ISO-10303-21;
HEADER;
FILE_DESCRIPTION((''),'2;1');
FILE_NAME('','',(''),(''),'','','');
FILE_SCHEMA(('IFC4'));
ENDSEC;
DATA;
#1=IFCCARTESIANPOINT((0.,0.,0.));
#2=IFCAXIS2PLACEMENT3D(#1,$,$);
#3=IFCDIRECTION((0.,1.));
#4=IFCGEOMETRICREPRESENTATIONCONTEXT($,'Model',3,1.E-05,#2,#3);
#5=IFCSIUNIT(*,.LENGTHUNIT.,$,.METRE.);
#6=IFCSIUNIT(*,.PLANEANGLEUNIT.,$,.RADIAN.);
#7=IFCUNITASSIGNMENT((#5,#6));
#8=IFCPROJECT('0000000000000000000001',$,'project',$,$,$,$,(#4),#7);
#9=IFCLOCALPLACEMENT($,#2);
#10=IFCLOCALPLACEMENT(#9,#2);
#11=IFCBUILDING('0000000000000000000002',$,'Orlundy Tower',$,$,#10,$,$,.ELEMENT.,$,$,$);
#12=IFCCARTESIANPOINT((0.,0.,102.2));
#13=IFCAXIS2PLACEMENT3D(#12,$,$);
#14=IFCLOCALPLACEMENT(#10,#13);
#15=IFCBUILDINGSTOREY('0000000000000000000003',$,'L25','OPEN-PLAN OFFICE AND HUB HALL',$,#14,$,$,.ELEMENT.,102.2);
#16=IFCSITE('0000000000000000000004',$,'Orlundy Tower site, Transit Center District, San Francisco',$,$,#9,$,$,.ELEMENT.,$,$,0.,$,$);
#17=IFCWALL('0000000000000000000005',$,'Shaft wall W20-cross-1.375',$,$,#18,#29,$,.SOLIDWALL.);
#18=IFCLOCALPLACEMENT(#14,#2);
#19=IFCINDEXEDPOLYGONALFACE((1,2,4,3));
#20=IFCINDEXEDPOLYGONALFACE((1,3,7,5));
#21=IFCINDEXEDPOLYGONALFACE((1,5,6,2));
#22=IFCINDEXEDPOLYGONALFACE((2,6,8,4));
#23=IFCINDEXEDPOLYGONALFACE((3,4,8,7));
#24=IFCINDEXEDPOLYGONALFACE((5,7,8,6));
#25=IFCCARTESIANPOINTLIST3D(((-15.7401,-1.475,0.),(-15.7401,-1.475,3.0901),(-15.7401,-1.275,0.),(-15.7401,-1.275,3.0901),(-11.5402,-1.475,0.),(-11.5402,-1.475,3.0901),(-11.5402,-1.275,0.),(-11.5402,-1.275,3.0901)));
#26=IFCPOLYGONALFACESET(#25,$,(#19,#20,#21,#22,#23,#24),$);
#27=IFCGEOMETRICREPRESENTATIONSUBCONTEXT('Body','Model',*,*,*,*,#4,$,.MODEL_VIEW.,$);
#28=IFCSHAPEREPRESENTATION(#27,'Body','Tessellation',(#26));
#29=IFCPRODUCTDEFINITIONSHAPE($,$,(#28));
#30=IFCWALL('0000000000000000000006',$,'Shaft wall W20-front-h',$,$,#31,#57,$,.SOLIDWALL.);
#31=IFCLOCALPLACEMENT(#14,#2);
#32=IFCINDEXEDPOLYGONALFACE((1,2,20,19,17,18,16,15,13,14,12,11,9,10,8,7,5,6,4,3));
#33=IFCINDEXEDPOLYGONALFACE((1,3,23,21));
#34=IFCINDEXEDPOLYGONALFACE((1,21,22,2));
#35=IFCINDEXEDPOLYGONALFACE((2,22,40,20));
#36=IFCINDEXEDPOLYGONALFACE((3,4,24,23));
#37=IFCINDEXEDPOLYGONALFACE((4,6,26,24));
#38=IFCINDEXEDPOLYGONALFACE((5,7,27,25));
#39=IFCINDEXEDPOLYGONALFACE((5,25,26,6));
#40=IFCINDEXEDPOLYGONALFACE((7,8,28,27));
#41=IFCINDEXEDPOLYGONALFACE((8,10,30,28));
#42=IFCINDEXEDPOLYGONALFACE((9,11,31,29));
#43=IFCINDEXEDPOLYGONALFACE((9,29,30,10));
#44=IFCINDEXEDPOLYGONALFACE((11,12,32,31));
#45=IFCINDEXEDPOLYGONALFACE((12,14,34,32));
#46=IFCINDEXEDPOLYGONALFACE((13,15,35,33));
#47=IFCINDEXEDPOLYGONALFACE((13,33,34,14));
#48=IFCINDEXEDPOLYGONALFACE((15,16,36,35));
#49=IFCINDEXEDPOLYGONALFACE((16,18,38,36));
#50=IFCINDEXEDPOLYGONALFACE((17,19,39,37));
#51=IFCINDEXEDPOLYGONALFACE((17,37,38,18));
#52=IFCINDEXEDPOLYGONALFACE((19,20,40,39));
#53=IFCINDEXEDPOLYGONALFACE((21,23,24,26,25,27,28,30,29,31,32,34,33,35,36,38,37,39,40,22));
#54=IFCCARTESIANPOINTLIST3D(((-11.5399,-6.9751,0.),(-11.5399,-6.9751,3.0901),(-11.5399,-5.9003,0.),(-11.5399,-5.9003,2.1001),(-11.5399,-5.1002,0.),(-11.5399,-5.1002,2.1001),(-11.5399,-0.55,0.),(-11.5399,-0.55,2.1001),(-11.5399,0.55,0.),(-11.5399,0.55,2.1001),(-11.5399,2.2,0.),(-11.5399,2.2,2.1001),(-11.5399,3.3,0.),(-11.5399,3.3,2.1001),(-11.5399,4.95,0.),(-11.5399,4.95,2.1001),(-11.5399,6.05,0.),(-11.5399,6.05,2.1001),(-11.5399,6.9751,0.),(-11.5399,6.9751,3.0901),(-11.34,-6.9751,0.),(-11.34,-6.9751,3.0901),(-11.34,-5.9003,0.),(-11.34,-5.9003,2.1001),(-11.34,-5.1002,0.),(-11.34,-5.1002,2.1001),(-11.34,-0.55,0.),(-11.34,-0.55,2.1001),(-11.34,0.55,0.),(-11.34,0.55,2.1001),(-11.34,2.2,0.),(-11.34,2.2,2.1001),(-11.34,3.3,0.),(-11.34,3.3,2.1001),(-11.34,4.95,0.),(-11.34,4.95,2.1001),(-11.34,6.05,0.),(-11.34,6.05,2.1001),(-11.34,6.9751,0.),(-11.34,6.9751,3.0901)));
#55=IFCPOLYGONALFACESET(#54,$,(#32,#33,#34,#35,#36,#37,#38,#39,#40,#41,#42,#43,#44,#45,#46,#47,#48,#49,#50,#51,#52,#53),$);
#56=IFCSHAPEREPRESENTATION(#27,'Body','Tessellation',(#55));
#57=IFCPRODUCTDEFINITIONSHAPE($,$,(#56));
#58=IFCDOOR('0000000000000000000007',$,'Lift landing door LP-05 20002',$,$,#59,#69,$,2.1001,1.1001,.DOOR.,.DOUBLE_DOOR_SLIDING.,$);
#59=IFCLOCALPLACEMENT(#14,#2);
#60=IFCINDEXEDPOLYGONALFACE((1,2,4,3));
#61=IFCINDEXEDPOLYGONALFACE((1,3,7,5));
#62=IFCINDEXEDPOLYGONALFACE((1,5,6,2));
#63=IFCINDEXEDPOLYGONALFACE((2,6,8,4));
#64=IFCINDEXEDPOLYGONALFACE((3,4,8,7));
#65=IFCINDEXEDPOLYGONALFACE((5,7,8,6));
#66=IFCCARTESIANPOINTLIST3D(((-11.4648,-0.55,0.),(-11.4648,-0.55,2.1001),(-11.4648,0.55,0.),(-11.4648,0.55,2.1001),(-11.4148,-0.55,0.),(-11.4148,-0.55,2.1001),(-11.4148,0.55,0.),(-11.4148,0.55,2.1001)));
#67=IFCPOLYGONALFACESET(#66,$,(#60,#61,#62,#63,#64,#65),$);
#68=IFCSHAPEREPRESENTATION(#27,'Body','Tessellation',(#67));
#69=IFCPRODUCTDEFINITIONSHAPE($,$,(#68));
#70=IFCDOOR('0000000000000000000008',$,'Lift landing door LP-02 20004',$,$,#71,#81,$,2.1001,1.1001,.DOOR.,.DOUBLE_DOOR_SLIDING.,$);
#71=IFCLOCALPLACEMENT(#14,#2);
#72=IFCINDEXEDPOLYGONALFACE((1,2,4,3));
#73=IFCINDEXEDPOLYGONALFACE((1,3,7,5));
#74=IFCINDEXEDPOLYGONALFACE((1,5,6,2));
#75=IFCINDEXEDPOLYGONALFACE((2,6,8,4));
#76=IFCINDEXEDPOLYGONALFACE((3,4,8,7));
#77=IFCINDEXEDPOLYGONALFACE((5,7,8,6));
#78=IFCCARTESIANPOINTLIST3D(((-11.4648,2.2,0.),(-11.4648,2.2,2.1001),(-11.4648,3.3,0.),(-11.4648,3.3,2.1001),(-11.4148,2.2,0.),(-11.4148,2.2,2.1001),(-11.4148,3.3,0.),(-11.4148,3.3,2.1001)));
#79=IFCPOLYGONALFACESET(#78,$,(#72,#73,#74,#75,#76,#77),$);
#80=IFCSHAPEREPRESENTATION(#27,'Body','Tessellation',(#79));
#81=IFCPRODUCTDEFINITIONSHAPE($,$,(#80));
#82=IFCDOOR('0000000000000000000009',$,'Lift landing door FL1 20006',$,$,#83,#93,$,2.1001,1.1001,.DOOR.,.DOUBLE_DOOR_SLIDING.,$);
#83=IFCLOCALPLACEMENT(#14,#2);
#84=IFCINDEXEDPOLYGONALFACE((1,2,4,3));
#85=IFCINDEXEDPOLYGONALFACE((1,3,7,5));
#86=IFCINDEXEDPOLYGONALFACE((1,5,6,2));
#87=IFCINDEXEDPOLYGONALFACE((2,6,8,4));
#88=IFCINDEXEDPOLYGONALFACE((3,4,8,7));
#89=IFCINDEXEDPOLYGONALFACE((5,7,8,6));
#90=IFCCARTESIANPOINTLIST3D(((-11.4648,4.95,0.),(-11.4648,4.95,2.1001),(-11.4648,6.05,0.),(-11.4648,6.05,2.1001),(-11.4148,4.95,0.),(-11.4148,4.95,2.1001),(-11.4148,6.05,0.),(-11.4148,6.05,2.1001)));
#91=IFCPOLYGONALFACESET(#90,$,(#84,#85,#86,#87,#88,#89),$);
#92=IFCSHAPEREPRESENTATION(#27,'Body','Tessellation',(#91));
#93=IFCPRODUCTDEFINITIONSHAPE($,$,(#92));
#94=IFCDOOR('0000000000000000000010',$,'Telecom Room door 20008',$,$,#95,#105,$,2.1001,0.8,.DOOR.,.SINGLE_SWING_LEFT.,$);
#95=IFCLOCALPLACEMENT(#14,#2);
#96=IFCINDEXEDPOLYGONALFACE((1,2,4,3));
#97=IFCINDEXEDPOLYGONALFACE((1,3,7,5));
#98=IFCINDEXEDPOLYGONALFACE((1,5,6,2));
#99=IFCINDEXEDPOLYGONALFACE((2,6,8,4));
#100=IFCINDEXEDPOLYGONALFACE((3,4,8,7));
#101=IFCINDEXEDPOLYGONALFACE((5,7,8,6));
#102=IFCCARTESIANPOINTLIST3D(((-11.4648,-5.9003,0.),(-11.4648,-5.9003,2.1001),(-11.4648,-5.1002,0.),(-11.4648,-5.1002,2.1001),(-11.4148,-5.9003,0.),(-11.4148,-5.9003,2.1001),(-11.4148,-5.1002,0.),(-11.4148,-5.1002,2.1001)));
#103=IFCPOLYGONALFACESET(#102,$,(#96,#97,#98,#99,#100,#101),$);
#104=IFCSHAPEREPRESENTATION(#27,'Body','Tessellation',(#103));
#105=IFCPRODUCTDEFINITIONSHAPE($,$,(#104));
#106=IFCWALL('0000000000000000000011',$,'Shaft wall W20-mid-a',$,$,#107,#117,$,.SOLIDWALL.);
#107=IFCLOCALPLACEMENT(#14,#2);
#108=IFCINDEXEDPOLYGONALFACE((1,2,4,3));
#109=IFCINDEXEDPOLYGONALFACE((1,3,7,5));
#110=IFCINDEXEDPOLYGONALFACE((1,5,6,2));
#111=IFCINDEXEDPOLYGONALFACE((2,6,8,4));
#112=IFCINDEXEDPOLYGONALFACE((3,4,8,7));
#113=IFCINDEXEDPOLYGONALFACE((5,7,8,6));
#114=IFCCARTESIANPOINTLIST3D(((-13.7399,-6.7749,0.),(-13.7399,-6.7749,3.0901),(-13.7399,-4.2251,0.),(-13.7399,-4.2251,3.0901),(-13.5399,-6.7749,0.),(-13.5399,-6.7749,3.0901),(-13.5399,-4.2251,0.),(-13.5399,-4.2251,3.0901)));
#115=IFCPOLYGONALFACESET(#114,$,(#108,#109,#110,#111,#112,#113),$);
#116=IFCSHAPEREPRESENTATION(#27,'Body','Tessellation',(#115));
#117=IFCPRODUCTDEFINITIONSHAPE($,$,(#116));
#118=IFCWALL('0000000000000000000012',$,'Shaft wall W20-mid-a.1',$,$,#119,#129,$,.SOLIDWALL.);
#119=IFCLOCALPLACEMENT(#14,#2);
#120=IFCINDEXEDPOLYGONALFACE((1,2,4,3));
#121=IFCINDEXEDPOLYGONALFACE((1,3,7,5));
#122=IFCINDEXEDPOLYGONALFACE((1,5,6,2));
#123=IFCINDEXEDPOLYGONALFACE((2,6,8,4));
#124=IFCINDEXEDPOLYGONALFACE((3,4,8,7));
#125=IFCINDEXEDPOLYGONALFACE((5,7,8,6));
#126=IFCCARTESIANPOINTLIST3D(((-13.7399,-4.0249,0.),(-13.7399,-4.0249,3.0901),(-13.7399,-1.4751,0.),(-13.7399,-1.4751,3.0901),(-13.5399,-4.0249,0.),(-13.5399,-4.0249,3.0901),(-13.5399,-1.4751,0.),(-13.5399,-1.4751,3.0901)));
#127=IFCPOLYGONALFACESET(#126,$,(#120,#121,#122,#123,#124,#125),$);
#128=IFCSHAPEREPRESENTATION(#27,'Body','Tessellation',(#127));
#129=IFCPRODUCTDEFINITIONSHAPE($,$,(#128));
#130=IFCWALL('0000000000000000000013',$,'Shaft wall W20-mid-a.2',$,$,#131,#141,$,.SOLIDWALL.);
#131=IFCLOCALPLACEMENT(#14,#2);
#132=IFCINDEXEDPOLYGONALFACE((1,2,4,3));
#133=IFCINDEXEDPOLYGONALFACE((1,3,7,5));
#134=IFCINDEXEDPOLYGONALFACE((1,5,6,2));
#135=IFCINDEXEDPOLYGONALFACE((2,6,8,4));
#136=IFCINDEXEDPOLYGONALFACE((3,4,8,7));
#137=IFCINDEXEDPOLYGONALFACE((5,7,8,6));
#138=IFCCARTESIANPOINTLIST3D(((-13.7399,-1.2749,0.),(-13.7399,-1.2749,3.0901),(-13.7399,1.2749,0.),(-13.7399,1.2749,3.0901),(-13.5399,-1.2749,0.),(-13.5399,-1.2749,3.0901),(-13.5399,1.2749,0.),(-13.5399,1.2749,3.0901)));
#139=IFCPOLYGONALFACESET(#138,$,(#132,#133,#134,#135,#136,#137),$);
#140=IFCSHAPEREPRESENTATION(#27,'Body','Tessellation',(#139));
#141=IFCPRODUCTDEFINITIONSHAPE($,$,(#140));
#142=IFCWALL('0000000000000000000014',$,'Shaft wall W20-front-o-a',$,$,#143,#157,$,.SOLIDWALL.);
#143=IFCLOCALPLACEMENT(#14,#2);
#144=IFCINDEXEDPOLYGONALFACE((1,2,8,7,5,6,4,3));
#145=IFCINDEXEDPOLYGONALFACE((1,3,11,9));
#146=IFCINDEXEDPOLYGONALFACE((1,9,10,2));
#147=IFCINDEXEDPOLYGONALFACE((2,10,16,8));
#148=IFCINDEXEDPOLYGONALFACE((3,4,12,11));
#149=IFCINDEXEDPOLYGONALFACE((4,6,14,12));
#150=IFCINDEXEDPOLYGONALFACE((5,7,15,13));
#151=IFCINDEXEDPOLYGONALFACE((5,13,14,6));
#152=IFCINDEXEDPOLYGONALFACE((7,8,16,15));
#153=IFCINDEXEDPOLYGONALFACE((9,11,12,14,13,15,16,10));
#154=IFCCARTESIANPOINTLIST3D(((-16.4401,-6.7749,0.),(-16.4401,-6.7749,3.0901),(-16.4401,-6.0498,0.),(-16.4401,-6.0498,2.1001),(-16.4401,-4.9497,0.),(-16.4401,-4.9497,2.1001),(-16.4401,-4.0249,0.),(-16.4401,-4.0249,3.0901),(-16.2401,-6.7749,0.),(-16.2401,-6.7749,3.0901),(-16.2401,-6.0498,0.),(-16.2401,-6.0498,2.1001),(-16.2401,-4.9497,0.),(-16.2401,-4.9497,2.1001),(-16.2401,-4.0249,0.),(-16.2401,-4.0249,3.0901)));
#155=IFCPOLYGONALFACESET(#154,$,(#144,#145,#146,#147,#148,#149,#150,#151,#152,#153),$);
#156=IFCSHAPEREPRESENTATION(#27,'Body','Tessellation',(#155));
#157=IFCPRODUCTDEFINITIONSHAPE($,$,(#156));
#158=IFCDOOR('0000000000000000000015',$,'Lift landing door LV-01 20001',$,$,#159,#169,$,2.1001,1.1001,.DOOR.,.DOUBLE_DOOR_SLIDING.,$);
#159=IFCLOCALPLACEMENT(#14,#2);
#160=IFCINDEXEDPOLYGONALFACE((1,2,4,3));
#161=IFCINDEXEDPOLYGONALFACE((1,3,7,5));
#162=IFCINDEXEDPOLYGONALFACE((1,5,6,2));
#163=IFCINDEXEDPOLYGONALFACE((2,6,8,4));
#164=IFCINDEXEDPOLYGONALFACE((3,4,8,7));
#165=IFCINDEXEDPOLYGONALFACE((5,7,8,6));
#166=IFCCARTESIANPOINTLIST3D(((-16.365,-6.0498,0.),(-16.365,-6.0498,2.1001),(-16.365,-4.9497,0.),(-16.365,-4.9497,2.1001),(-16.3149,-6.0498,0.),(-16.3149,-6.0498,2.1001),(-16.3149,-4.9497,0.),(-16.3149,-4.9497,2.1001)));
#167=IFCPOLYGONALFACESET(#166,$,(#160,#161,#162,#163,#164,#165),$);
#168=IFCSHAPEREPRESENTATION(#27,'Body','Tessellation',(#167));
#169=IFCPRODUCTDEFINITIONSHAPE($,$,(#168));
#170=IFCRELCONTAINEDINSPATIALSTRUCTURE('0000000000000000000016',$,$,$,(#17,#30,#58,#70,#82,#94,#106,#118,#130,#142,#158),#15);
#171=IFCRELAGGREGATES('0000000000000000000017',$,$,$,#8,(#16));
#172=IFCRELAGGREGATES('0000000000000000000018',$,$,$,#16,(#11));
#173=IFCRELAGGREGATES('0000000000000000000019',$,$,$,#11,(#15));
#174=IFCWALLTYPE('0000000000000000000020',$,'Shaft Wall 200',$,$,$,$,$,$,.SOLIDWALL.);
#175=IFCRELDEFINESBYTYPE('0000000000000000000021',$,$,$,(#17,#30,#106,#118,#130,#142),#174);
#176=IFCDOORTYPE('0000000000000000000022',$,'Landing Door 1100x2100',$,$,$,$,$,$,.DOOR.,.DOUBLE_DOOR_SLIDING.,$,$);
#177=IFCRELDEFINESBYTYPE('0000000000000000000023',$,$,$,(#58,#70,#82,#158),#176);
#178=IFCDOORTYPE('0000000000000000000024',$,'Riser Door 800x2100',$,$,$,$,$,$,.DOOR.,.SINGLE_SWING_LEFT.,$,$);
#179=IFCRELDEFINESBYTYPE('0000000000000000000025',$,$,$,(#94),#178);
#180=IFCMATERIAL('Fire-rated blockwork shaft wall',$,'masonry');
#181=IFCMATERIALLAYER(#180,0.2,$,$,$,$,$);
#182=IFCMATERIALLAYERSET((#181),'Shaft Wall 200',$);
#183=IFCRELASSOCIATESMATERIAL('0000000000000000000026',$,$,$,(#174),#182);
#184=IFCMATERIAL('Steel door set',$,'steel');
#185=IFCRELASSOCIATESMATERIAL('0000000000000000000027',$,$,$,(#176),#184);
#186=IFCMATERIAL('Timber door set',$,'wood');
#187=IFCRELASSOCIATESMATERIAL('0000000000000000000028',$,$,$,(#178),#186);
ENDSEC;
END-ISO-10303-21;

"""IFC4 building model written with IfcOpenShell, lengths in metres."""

from ifc_helpers import new_model, si_unit, direction, frame, frame_2d, origin, place, context, subcontext, project, spatial, rectangle, extrude, material, layer, layer_set, type_object, element, fill, save


model = new_model("IFC4")

# Units and contexts
model_context = context("Model", 3, precision=1e-05, world=origin(), true_north=direction((0.0, 1.0)))
body_context = subcontext(model_context, "Body", "Model", "MODEL_VIEW")
ifc_project = project(units=[si_unit("LENGTHUNIT", "METRE"), si_unit("PLANEANGLEUNIT", "RADIAN")], contexts=[model_context])

# Site, building, storey
site_placement = place(None, origin())
site = spatial("IfcSite", under=ifc_project, at=site_placement, Name="Orlundy Tower site, Transit Center District, San Francisco", CompositionType="ELEMENT", RefElevation=0.0)
building_placement = place(site_placement, origin())
building = spatial("IfcBuilding", under=site, at=building_placement, Name="Orlundy Tower", CompositionType="ELEMENT")
storey_placement = place(building_placement, frame((0.0, 0.0, 102.2)))
storey = spatial("IfcBuildingStorey", under=building, at=storey_placement, Name="L25", Description="OPEN-PLAN OFFICE AND HUB HALL", CompositionType="ELEMENT", Elevation=102.2)

# Wall
ifc_material_1 = material(Name="Fire-rated blockwork shaft wall", Category="masonry")
ifc_layer_1 = layer(ifc_material_1, 0.2)
ifc_layer_set_1 = layer_set([ifc_layer_1], Name="Shaft Wall 200")
wall_type_1 = type_object("IfcWallType", Name="Shaft Wall 200", PredefinedType="SOLIDWALL", material=ifc_layer_set_1)
wall_1_placement = place(storey_placement, frame((-11.54, -1.375, 0.0), z_axis=(0.0, 0.0, 1.0), x_axis=(-1.0, 0.0, 0.0)))
element("IfcWall", 1, at=wall_1_placement, inside=storey, type_object=wall_type_1, Name="Shaft wall W20-cross-1.375", PredefinedType="SOLIDWALL", context=body_context, shape_type="SweptSolid", body=[
    extrude(rectangle(XDim=4.2, YDim=0.2, at=frame_2d((2.1001, 0.0))), origin(), (0.0, 0.0, 1.0), 3.0901),
])

# Wall, openings, doors
wall_2_placement = place(storey_placement, frame((-11.4399, -6.9751, 0.0), z_axis=(0.0, 0.0, 1.0), x_axis=(0.0, 1.0, 0.0)))
wall_2 = element("IfcWall", 2, at=wall_2_placement, inside=storey, type_object=wall_type_1, Name="Shaft wall W20-front-h", PredefinedType="SOLIDWALL", context=body_context, shape_type="SweptSolid", body=[
    extrude(rectangle(XDim=13.9502, YDim=0.2, at=frame_2d((6.9751, 0.0))), origin(), (0.0, 0.0, 1.0), 3.0901),
])
opening_1_placement = place(wall_2_placement, frame((6.425, 0.0, 0.0)))
opening_1 = element("IfcOpeningElement", 3, at=opening_1_placement, cuts=wall_2, PredefinedType="OPENING", context=body_context, shape_type="SweptSolid", body=[
    extrude(rectangle(XDim=1.1001, YDim=2.1001, at=frame_2d((0.55, 1.05))), frame((0.0, 0.1101, 0.0), z_axis=(0.0, -1.0, 0.0), x_axis=(1.0, 0.0, 0.0)), (0.0, 0.0, 1.0), 0.2202),
])
opening_2_placement = place(wall_2_placement, frame((9.175, 0.0, 0.0)))
opening_2 = element("IfcOpeningElement", 4, at=opening_2_placement, cuts=wall_2, PredefinedType="OPENING", context=body_context, shape_type="SweptSolid", body=[
    extrude(rectangle(XDim=1.1001, YDim=2.1001, at=frame_2d((0.55, 1.05))), frame((0.0, 0.1101, 0.0), z_axis=(0.0, -1.0, 0.0), x_axis=(1.0, 0.0, 0.0)), (0.0, 0.0, 1.0), 0.2202),
])
opening_3_placement = place(wall_2_placement, frame((11.925, 0.0, 0.0)))
opening_3 = element("IfcOpeningElement", 5, at=opening_3_placement, cuts=wall_2, PredefinedType="OPENING", context=body_context, shape_type="SweptSolid", body=[
    extrude(rectangle(XDim=1.1001, YDim=2.1001, at=frame_2d((0.55, 1.05))), frame((0.0, 0.1101, 0.0), z_axis=(0.0, -1.0, 0.0), x_axis=(1.0, 0.0, 0.0)), (0.0, 0.0, 1.0), 0.2202),
])
opening_4_placement = place(wall_2_placement, frame((1.075, 0.0, 0.0)))
opening_4 = element("IfcOpeningElement", 6, at=opening_4_placement, cuts=wall_2, PredefinedType="OPENING", context=body_context, shape_type="SweptSolid", body=[
    extrude(rectangle(XDim=0.8, YDim=2.1001, at=frame_2d((0.3999, 1.05))), frame((0.0, 0.1101, 0.0), z_axis=(0.0, -1.0, 0.0), x_axis=(1.0, 0.0, 0.0)), (0.0, 0.0, 1.0), 0.2202),
])
ifc_material_2 = material(Name="Steel door set", Category="steel")
door_type_1 = type_object("IfcDoorType", Name="Landing Door 1100x2100", OperationType="DOUBLE_DOOR_SLIDING", PredefinedType="DOOR", material=ifc_material_2)
door_1_placement = place(opening_1_placement, origin())
door_1 = element("IfcDoor", 7, at=door_1_placement, inside=storey, type_object=door_type_1, Name="Lift landing door LP-05 20002", OperationType="DOUBLE_DOOR_SLIDING", OverallHeight=2.1001, OverallWidth=1.1001, PredefinedType="DOOR", context=body_context, shape_type="SweptSolid", body=[
    extrude(rectangle(XDim=1.1001, YDim=2.1001, at=frame_2d((0.55, 1.05))), frame((0.0, 0.0249, 0.0), z_axis=(0.0, -1.0, 0.0), x_axis=(1.0, 0.0, 0.0)), (0.0, 0.0, 1.0), 0.05),
])
fill(opening_1, door_1)
door_2_placement = place(opening_2_placement, origin())
door_2 = element("IfcDoor", 8, at=door_2_placement, inside=storey, type_object=door_type_1, Name="Lift landing door LP-02 20004", OperationType="DOUBLE_DOOR_SLIDING", OverallHeight=2.1001, OverallWidth=1.1001, PredefinedType="DOOR", context=body_context, shape_type="SweptSolid", body=[
    extrude(rectangle(XDim=1.1001, YDim=2.1001, at=frame_2d((0.55, 1.05))), frame((0.0, 0.0249, 0.0), z_axis=(0.0, -1.0, 0.0), x_axis=(1.0, 0.0, 0.0)), (0.0, 0.0, 1.0), 0.05),
])
fill(opening_2, door_2)
door_3_placement = place(opening_3_placement, origin())
door_3 = element("IfcDoor", 9, at=door_3_placement, inside=storey, type_object=door_type_1, Name="Lift landing door FL1 20006", OperationType="DOUBLE_DOOR_SLIDING", OverallHeight=2.1001, OverallWidth=1.1001, PredefinedType="DOOR", context=body_context, shape_type="SweptSolid", body=[
    extrude(rectangle(XDim=1.1001, YDim=2.1001, at=frame_2d((0.55, 1.05))), frame((0.0, 0.0249, 0.0), z_axis=(0.0, -1.0, 0.0), x_axis=(1.0, 0.0, 0.0)), (0.0, 0.0, 1.0), 0.05),
])
fill(opening_3, door_3)
ifc_material_3 = material(Name="Timber door set", Category="wood")
door_type_2 = type_object("IfcDoorType", Name="Riser Door 800x2100", OperationType="SINGLE_SWING_LEFT", PredefinedType="DOOR", material=ifc_material_3)
door_4_placement = place(opening_4_placement, origin())
door_4 = element("IfcDoor", 10, at=door_4_placement, inside=storey, type_object=door_type_2, Name="Telecom Room door 20008", OperationType="SINGLE_SWING_LEFT", OverallHeight=2.1001, OverallWidth=0.8, PredefinedType="DOOR", context=body_context, shape_type="SweptSolid", body=[
    extrude(rectangle(XDim=0.8, YDim=2.1001, at=frame_2d((0.3999, 1.05))), frame((0.0, 0.0249, 0.0), z_axis=(0.0, -1.0, 0.0), x_axis=(1.0, 0.0, 0.0)), (0.0, 0.0, 1.0), 0.05),
])
fill(opening_4, door_4)

# Walls
for number, where, z_axis, x_axis, name in (
    (11, (-13.6399, -6.7749, 0.0), (0.0, 0.0, 1.0), (0.0, 1.0, 0.0), "Shaft wall W20-mid-a"),
    (12, (-13.6399, -4.0249, 0.0), (0.0, 0.0, 1.0), (0.0, 1.0, 0.0), "Shaft wall W20-mid-a.1"),
    (13, (-13.6399, -1.2749, 0.0), (0.0, 0.0, 1.0), (0.0, 1.0, 0.0), "Shaft wall W20-mid-a.2"),
):
    element("IfcWall", number, at=place(storey_placement, frame(where, z_axis=z_axis, x_axis=x_axis)), inside=storey, type_object=wall_type_1, Name=name, PredefinedType="SOLIDWALL", context=body_context, shape_type="SweptSolid", body=[
        extrude(rectangle(XDim=2.5498, YDim=0.2, at=frame_2d((1.2749, 0.0))), origin(), (0.0, 0.0, 1.0), 3.0901),
    ])

# Wall, opening, door
wall_3_placement = place(storey_placement, frame((-16.3401, -6.7749, 0.0), z_axis=(0.0, 0.0, 1.0), x_axis=(0.0, 1.0, 0.0)))
wall_3 = element("IfcWall", 14, at=wall_3_placement, inside=storey, type_object=wall_type_1, Name="Shaft wall W20-front-o-a", PredefinedType="SOLIDWALL", context=body_context, shape_type="SweptSolid", body=[
    extrude(rectangle(XDim=2.75, YDim=0.2, at=frame_2d((1.375, 0.0))), origin(), (0.0, 0.0, 1.0), 3.0901),
])
opening_5_placement = place(wall_3_placement, frame((0.7251, 0.0, 0.0)))
opening_5 = element("IfcOpeningElement", 15, at=opening_5_placement, cuts=wall_3, PredefinedType="OPENING", context=body_context, shape_type="SweptSolid", body=[
    extrude(rectangle(XDim=1.1001, YDim=2.1001, at=frame_2d((0.55, 1.05))), frame((0.0, 0.1101, 0.0), z_axis=(0.0, -1.0, 0.0), x_axis=(1.0, 0.0, 0.0)), (0.0, 0.0, 1.0), 0.2202),
])
door_5_placement = place(opening_5_placement, origin())
door_5 = element("IfcDoor", 16, at=door_5_placement, inside=storey, type_object=door_type_1, Name="Lift landing door LV-01 20001", OperationType="DOUBLE_DOOR_SLIDING", OverallHeight=2.1001, OverallWidth=1.1001, PredefinedType="DOOR", context=body_context, shape_type="SweptSolid", body=[
    extrude(rectangle(XDim=1.1001, YDim=2.1001, at=frame_2d((0.55, 1.05))), frame((0.0, 0.0249, 0.0), z_axis=(0.0, -1.0, 0.0), x_axis=(1.0, 0.0, 0.0)), (0.0, 0.0, 1.0), 0.05),
])
fill(opening_5, door_5)

save(model, "model.ifc")
